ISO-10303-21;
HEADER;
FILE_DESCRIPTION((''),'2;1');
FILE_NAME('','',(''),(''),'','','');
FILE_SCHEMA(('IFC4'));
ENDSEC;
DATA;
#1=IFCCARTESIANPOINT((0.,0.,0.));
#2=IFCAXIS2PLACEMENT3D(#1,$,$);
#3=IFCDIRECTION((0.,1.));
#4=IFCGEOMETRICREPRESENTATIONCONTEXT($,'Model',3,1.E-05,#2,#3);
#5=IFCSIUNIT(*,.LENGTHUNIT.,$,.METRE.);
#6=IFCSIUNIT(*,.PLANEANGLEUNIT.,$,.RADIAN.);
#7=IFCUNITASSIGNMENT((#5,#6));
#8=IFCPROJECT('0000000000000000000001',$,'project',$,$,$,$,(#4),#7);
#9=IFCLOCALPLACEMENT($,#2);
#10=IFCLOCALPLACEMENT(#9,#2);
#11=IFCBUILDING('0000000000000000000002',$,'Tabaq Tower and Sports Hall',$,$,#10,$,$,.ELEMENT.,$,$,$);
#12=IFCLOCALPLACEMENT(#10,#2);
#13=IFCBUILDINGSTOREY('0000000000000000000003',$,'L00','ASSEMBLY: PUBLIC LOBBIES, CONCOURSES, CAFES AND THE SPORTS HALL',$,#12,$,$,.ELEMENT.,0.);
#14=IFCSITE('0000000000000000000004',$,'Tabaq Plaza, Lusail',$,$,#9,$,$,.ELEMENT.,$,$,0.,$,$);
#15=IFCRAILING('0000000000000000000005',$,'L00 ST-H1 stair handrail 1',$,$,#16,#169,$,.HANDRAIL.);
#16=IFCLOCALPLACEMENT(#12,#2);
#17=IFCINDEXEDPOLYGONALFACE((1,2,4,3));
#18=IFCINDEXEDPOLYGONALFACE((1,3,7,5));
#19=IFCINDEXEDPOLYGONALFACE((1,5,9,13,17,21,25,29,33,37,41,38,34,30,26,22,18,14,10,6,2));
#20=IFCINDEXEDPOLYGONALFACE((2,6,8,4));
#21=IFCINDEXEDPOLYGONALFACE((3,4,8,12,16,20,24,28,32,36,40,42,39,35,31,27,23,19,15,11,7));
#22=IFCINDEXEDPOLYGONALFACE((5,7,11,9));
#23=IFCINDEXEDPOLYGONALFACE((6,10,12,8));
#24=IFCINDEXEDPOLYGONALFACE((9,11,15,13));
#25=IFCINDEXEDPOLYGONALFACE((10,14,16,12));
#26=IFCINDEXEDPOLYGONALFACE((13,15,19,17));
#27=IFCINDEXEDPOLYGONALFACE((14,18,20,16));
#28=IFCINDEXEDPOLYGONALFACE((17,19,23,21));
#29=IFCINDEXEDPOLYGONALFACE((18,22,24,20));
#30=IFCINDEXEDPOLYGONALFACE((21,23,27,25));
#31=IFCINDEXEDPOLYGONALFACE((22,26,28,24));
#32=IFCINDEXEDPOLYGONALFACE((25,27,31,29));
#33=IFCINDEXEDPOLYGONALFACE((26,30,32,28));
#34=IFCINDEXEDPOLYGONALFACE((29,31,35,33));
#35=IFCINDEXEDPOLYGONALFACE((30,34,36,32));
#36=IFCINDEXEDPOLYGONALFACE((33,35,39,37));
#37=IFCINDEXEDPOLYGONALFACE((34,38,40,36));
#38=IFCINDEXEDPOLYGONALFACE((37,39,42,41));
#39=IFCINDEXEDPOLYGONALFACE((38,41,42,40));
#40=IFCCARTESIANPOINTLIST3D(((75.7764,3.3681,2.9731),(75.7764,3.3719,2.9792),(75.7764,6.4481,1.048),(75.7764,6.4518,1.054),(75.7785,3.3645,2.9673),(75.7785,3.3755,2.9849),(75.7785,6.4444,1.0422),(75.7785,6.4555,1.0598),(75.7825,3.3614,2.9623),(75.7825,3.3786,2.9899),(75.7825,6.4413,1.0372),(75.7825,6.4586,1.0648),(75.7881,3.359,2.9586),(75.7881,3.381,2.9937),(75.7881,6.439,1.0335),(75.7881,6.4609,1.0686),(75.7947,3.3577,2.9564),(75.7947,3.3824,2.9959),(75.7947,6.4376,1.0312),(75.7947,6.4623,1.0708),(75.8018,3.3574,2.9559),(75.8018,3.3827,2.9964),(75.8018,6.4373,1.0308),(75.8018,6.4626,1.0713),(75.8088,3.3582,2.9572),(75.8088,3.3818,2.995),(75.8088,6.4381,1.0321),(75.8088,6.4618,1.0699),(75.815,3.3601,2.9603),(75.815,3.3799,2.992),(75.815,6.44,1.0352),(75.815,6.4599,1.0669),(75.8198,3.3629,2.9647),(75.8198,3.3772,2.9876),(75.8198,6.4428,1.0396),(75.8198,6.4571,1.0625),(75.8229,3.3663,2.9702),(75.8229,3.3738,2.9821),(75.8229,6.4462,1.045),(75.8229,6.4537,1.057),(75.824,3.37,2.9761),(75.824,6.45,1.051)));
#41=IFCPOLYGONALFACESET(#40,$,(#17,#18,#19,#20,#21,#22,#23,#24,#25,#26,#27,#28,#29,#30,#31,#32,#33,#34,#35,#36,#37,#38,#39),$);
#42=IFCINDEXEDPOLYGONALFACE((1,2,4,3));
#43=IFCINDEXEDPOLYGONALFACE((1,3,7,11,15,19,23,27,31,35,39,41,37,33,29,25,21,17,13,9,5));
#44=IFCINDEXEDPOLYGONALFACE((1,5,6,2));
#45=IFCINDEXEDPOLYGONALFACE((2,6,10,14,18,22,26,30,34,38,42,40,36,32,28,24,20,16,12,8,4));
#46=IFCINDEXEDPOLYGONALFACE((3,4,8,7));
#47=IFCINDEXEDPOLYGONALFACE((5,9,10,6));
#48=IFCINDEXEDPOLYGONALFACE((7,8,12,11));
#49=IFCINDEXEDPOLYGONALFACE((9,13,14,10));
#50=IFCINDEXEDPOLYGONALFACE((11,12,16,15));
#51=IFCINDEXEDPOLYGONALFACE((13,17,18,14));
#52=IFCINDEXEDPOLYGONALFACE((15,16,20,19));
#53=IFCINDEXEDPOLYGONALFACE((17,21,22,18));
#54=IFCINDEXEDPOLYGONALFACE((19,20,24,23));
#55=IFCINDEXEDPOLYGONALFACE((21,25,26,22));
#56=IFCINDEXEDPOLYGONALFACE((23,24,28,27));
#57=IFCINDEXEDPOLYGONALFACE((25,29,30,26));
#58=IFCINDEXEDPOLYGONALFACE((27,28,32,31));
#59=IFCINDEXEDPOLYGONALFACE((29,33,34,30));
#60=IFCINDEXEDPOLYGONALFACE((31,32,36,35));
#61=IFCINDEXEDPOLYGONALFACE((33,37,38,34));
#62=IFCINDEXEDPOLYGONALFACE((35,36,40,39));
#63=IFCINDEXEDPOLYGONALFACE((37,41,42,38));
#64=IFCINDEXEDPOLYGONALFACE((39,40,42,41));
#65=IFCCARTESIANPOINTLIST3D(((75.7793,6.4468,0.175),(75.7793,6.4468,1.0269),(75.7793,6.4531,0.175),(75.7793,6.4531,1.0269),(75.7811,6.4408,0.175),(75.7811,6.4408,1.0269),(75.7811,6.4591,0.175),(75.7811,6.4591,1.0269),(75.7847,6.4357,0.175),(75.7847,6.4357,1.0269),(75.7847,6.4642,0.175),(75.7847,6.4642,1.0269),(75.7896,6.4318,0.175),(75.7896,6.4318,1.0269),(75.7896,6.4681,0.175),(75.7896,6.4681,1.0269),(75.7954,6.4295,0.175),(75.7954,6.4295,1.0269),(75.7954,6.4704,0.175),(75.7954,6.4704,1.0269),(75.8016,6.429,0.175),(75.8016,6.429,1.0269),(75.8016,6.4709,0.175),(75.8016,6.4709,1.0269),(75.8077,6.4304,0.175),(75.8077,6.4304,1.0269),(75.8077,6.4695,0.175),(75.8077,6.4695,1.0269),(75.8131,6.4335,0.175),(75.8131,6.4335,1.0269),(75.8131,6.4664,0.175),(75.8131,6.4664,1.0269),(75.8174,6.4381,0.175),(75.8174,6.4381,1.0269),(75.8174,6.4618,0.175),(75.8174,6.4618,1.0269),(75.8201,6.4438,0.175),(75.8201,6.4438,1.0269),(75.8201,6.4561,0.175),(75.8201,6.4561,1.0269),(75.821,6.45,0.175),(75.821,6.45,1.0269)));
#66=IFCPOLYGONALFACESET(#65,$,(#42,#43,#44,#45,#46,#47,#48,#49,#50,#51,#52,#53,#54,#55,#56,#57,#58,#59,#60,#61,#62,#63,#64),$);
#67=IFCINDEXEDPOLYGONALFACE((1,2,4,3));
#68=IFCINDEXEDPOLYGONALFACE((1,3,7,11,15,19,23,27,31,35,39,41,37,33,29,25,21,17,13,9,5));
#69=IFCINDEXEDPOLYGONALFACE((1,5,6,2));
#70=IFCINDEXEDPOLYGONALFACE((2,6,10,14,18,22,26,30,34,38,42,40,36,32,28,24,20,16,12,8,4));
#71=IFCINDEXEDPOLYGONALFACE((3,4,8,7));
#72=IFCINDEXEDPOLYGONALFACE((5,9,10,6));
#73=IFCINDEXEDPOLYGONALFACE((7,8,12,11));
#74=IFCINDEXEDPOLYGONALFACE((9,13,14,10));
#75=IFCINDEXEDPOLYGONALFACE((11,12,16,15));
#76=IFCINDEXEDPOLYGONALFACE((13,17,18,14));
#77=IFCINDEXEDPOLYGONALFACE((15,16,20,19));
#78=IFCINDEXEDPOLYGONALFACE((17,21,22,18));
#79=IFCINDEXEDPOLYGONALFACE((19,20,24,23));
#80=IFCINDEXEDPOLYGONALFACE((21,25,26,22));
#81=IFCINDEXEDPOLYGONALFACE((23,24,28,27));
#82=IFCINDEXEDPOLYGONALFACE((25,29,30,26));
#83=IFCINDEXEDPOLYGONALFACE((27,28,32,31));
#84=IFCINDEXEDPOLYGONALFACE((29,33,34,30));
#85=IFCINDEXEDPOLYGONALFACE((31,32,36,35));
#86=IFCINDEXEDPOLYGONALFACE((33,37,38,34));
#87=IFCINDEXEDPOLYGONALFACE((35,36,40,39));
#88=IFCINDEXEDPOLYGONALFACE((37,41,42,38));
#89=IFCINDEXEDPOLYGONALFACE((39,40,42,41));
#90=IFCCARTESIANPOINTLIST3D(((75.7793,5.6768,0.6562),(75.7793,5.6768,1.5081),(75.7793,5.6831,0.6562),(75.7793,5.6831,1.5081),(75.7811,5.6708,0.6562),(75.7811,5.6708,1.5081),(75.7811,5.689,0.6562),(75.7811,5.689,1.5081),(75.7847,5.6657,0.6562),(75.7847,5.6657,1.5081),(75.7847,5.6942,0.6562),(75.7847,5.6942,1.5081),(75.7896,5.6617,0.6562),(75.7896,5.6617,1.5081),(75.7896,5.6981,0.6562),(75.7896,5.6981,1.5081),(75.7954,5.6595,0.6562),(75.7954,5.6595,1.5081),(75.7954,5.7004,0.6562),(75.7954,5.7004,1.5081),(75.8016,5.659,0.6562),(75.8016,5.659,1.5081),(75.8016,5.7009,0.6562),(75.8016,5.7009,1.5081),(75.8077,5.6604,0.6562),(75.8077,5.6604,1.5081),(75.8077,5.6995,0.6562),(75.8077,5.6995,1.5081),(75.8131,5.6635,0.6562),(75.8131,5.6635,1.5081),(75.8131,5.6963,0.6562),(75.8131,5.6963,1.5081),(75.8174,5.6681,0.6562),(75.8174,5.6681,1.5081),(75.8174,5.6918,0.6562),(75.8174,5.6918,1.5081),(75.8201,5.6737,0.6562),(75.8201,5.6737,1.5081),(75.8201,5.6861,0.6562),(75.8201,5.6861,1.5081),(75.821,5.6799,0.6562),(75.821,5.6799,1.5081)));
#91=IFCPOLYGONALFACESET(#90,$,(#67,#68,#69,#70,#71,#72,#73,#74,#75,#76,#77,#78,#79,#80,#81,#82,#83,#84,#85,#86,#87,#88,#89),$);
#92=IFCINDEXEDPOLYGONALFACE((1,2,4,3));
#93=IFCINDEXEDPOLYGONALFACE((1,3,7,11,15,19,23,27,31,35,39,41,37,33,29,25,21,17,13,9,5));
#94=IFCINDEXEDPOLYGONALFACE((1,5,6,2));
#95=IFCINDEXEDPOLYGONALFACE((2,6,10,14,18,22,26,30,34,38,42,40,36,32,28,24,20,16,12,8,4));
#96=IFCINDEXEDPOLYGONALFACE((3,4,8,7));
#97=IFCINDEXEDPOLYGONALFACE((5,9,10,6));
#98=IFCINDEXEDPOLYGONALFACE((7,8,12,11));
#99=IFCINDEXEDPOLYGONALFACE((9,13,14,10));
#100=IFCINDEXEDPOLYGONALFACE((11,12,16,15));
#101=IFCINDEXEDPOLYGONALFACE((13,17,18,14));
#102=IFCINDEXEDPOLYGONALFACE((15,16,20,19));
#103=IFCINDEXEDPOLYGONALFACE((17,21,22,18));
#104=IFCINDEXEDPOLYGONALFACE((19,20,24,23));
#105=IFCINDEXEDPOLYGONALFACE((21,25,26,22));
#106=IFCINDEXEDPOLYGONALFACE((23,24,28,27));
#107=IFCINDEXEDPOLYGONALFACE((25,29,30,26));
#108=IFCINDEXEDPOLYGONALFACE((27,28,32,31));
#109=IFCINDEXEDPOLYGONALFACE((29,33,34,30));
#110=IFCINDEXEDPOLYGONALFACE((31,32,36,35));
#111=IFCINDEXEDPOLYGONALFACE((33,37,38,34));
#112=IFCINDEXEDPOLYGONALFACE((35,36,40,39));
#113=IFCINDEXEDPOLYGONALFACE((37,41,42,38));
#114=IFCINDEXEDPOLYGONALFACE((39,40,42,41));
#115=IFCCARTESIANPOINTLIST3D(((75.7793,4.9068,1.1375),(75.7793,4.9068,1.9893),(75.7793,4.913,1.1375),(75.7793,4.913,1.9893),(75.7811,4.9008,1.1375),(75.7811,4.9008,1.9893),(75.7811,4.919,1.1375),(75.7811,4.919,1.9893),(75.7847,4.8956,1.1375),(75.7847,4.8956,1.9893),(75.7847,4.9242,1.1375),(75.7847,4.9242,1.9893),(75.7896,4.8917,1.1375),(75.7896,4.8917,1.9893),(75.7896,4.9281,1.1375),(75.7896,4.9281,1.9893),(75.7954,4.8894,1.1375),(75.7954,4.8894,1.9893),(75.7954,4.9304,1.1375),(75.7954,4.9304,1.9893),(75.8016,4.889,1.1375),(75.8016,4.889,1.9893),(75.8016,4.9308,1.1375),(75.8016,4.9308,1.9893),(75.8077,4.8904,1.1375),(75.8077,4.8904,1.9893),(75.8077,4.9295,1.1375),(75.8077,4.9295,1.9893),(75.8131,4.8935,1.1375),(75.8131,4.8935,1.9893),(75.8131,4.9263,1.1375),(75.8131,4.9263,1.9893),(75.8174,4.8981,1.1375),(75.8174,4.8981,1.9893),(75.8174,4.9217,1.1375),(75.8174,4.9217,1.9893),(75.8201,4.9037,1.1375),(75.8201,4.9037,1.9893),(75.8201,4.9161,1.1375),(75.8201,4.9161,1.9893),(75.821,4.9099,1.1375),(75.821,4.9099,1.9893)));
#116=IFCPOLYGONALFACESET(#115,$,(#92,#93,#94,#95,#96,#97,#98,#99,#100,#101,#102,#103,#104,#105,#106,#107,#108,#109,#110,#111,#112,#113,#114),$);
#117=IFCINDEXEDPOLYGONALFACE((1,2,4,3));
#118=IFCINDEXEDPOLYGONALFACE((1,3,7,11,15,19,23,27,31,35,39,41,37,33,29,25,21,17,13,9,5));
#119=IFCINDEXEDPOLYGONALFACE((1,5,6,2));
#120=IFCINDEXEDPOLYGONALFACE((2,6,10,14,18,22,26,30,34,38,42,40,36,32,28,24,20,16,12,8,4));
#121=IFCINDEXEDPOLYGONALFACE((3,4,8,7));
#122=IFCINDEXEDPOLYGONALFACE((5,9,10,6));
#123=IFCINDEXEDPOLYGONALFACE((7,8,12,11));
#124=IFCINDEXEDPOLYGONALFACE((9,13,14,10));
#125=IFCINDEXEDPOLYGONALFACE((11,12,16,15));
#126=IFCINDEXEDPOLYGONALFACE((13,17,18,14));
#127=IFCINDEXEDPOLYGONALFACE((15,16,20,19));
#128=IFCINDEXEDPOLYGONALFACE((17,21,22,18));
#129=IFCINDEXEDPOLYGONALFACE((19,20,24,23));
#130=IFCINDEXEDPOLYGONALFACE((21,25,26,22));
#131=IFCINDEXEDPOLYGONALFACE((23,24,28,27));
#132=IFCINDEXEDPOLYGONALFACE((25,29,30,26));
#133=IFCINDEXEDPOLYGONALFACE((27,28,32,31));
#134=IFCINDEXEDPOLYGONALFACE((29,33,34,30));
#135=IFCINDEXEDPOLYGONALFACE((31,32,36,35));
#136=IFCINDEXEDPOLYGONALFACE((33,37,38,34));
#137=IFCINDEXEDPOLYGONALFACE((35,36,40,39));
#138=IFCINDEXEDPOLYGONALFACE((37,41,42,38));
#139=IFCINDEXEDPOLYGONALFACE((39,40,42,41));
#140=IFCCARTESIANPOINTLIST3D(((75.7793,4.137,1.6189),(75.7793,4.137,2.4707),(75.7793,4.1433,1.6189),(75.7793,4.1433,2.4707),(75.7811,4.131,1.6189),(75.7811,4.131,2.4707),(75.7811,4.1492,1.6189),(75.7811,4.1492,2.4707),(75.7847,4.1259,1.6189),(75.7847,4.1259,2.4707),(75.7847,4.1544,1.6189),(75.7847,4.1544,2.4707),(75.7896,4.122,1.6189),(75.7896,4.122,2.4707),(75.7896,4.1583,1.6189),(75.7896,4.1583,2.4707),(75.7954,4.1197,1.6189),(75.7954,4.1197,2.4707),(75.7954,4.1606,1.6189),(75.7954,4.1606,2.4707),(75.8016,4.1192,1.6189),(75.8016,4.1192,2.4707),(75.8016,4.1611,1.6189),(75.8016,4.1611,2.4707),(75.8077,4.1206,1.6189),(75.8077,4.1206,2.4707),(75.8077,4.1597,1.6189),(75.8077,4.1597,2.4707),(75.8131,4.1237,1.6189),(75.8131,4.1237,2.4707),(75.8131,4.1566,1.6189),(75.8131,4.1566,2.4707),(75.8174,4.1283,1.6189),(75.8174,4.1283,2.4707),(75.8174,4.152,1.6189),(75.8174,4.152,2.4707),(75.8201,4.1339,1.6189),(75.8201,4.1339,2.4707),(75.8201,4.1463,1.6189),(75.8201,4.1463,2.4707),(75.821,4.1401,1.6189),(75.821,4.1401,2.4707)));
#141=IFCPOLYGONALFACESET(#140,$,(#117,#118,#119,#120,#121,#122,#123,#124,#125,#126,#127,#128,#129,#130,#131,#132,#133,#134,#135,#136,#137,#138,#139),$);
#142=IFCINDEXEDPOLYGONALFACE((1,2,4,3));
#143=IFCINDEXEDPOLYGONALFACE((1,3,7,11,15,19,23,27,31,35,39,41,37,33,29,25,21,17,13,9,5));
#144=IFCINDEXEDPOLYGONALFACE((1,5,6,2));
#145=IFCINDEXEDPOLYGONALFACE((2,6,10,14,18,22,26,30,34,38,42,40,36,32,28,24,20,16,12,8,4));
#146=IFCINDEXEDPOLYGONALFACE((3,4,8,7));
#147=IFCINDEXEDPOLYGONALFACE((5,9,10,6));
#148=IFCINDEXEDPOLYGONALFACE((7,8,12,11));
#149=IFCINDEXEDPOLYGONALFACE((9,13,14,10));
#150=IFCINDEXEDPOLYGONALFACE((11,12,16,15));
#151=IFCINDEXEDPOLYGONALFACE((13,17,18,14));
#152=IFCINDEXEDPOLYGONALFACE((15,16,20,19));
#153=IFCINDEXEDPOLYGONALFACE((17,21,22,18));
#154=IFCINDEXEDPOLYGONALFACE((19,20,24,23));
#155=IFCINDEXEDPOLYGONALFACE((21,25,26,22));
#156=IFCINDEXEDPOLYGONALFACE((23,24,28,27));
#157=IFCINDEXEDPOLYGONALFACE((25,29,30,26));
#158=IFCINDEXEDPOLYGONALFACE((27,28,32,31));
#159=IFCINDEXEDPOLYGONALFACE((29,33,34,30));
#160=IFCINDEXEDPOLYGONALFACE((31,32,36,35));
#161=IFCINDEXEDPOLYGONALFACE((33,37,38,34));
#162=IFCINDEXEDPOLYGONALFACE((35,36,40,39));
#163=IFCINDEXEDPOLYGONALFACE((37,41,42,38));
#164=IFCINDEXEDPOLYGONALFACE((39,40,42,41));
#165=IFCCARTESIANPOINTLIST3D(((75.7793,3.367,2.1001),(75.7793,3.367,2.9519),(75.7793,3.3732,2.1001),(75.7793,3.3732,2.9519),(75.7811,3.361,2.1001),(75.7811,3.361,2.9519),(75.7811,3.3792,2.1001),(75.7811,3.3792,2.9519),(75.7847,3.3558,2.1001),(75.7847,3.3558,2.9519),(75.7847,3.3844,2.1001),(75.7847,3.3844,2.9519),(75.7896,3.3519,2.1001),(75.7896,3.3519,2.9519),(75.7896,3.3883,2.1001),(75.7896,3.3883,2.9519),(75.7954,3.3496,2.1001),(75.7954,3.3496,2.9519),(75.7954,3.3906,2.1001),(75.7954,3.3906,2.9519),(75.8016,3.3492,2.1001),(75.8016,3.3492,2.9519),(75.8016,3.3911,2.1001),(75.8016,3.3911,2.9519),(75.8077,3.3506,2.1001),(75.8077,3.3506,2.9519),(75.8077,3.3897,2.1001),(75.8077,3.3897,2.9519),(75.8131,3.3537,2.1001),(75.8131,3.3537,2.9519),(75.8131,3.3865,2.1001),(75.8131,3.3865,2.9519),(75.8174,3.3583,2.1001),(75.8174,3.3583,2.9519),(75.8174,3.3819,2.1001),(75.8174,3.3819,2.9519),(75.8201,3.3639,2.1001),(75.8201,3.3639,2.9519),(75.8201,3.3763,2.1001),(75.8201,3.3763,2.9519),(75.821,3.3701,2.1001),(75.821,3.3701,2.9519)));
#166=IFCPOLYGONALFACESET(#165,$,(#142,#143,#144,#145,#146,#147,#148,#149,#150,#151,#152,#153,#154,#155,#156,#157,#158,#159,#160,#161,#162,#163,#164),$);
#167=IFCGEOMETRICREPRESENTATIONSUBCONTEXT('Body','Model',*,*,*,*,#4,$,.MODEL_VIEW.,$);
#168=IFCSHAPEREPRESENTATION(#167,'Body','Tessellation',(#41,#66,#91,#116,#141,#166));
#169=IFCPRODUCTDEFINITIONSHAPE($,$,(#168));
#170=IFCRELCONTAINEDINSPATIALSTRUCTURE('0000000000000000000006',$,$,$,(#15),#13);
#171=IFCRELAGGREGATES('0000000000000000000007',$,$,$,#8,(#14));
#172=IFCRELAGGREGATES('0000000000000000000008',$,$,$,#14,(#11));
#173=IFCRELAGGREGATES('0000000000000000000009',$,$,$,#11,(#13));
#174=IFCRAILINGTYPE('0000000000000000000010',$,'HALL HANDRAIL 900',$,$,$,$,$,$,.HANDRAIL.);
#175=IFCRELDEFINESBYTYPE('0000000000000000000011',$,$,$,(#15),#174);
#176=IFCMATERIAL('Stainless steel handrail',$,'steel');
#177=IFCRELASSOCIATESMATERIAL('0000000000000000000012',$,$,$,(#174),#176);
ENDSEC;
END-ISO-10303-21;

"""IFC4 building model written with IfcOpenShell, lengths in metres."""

from ifc_helpers import new_model, si_unit, direction, frame, origin, origin_2d, place, context, subcontext, project, spatial, circle, extrude, material, type_object, element, save


model = new_model("IFC4")

# Units and contexts
model_context = context("Model", 3, precision=1e-05, world=origin(), true_north=direction((0.0, 1.0)))
body_context = subcontext(model_context, "Body", "Model", "MODEL_VIEW")
ifc_project = project(units=[si_unit("LENGTHUNIT", "METRE"), si_unit("PLANEANGLEUNIT", "RADIAN")], contexts=[model_context])

# Site, building, storey
site_placement = place(None, origin())
site = spatial("IfcSite", under=ifc_project, at=site_placement, Name="Tabaq Plaza, Lusail", CompositionType="ELEMENT", RefElevation=0.0)
building_placement = place(site_placement, origin())
building = spatial("IfcBuilding", under=site, at=building_placement, Name="Tabaq Tower and Sports Hall", CompositionType="ELEMENT")
storey_placement = place(building_placement, origin())
storey = spatial("IfcBuildingStorey", under=building, at=storey_placement, Name="L00", Description="ASSEMBLY: PUBLIC LOBBIES, CONCOURSES, CAFES AND THE SPORTS HALL", CompositionType="ELEMENT", Elevation=0.0)

# Railing
ifc_material_1 = material(Name="Stainless steel handrail", Category="steel")
railing_type_1 = type_object("IfcRailingType", Name="HALL HANDRAIL 900", PredefinedType="HANDRAIL", material=ifc_material_1)
for number, where, name in (
    (1, (75.8, 6.45, 0.175), "L00 ST-H1 stair handrail 1"),
):
    element("IfcRailing", number, at=place(storey_placement, frame(where)), inside=storey, type_object=railing_type_1, Name=name, PredefinedType="HANDRAIL", context=body_context, shape_type="SweptSolid", body=[
        extrude(circle(Radius=0.0239, at=origin_2d()), frame((0.0, 0.0, 0.876), z_axis=(0.0, -0.847979, 0.530029), x_axis=(1.0, 0.0, 0.0)), (0.0, 0.0, 1.0), 3.6321),
        extrude(circle(Radius=0.021, at=origin_2d()), origin(), (0.0, 0.0, 1.0), 0.8518),
        extrude(circle(Radius=0.021, at=origin_2d()), frame((0.0, -0.77, 0.4812)), (0.0, 0.0, 1.0), 0.8518),
        extrude(circle(Radius=0.021, at=origin_2d()), frame((0.0, -1.54, 0.9624)), (0.0, 0.0, 1.0), 0.8518),
        extrude(circle(Radius=0.021, at=origin_2d()), frame((0.0, -2.3098, 1.4438)), (0.0, 0.0, 1.0), 0.8518),
        extrude(circle(Radius=0.021, at=origin_2d()), frame((0.0, -3.0798, 1.925)), (0.0, 0.0, 1.0), 0.8518),
    ])

save(model, "model.ifc")
